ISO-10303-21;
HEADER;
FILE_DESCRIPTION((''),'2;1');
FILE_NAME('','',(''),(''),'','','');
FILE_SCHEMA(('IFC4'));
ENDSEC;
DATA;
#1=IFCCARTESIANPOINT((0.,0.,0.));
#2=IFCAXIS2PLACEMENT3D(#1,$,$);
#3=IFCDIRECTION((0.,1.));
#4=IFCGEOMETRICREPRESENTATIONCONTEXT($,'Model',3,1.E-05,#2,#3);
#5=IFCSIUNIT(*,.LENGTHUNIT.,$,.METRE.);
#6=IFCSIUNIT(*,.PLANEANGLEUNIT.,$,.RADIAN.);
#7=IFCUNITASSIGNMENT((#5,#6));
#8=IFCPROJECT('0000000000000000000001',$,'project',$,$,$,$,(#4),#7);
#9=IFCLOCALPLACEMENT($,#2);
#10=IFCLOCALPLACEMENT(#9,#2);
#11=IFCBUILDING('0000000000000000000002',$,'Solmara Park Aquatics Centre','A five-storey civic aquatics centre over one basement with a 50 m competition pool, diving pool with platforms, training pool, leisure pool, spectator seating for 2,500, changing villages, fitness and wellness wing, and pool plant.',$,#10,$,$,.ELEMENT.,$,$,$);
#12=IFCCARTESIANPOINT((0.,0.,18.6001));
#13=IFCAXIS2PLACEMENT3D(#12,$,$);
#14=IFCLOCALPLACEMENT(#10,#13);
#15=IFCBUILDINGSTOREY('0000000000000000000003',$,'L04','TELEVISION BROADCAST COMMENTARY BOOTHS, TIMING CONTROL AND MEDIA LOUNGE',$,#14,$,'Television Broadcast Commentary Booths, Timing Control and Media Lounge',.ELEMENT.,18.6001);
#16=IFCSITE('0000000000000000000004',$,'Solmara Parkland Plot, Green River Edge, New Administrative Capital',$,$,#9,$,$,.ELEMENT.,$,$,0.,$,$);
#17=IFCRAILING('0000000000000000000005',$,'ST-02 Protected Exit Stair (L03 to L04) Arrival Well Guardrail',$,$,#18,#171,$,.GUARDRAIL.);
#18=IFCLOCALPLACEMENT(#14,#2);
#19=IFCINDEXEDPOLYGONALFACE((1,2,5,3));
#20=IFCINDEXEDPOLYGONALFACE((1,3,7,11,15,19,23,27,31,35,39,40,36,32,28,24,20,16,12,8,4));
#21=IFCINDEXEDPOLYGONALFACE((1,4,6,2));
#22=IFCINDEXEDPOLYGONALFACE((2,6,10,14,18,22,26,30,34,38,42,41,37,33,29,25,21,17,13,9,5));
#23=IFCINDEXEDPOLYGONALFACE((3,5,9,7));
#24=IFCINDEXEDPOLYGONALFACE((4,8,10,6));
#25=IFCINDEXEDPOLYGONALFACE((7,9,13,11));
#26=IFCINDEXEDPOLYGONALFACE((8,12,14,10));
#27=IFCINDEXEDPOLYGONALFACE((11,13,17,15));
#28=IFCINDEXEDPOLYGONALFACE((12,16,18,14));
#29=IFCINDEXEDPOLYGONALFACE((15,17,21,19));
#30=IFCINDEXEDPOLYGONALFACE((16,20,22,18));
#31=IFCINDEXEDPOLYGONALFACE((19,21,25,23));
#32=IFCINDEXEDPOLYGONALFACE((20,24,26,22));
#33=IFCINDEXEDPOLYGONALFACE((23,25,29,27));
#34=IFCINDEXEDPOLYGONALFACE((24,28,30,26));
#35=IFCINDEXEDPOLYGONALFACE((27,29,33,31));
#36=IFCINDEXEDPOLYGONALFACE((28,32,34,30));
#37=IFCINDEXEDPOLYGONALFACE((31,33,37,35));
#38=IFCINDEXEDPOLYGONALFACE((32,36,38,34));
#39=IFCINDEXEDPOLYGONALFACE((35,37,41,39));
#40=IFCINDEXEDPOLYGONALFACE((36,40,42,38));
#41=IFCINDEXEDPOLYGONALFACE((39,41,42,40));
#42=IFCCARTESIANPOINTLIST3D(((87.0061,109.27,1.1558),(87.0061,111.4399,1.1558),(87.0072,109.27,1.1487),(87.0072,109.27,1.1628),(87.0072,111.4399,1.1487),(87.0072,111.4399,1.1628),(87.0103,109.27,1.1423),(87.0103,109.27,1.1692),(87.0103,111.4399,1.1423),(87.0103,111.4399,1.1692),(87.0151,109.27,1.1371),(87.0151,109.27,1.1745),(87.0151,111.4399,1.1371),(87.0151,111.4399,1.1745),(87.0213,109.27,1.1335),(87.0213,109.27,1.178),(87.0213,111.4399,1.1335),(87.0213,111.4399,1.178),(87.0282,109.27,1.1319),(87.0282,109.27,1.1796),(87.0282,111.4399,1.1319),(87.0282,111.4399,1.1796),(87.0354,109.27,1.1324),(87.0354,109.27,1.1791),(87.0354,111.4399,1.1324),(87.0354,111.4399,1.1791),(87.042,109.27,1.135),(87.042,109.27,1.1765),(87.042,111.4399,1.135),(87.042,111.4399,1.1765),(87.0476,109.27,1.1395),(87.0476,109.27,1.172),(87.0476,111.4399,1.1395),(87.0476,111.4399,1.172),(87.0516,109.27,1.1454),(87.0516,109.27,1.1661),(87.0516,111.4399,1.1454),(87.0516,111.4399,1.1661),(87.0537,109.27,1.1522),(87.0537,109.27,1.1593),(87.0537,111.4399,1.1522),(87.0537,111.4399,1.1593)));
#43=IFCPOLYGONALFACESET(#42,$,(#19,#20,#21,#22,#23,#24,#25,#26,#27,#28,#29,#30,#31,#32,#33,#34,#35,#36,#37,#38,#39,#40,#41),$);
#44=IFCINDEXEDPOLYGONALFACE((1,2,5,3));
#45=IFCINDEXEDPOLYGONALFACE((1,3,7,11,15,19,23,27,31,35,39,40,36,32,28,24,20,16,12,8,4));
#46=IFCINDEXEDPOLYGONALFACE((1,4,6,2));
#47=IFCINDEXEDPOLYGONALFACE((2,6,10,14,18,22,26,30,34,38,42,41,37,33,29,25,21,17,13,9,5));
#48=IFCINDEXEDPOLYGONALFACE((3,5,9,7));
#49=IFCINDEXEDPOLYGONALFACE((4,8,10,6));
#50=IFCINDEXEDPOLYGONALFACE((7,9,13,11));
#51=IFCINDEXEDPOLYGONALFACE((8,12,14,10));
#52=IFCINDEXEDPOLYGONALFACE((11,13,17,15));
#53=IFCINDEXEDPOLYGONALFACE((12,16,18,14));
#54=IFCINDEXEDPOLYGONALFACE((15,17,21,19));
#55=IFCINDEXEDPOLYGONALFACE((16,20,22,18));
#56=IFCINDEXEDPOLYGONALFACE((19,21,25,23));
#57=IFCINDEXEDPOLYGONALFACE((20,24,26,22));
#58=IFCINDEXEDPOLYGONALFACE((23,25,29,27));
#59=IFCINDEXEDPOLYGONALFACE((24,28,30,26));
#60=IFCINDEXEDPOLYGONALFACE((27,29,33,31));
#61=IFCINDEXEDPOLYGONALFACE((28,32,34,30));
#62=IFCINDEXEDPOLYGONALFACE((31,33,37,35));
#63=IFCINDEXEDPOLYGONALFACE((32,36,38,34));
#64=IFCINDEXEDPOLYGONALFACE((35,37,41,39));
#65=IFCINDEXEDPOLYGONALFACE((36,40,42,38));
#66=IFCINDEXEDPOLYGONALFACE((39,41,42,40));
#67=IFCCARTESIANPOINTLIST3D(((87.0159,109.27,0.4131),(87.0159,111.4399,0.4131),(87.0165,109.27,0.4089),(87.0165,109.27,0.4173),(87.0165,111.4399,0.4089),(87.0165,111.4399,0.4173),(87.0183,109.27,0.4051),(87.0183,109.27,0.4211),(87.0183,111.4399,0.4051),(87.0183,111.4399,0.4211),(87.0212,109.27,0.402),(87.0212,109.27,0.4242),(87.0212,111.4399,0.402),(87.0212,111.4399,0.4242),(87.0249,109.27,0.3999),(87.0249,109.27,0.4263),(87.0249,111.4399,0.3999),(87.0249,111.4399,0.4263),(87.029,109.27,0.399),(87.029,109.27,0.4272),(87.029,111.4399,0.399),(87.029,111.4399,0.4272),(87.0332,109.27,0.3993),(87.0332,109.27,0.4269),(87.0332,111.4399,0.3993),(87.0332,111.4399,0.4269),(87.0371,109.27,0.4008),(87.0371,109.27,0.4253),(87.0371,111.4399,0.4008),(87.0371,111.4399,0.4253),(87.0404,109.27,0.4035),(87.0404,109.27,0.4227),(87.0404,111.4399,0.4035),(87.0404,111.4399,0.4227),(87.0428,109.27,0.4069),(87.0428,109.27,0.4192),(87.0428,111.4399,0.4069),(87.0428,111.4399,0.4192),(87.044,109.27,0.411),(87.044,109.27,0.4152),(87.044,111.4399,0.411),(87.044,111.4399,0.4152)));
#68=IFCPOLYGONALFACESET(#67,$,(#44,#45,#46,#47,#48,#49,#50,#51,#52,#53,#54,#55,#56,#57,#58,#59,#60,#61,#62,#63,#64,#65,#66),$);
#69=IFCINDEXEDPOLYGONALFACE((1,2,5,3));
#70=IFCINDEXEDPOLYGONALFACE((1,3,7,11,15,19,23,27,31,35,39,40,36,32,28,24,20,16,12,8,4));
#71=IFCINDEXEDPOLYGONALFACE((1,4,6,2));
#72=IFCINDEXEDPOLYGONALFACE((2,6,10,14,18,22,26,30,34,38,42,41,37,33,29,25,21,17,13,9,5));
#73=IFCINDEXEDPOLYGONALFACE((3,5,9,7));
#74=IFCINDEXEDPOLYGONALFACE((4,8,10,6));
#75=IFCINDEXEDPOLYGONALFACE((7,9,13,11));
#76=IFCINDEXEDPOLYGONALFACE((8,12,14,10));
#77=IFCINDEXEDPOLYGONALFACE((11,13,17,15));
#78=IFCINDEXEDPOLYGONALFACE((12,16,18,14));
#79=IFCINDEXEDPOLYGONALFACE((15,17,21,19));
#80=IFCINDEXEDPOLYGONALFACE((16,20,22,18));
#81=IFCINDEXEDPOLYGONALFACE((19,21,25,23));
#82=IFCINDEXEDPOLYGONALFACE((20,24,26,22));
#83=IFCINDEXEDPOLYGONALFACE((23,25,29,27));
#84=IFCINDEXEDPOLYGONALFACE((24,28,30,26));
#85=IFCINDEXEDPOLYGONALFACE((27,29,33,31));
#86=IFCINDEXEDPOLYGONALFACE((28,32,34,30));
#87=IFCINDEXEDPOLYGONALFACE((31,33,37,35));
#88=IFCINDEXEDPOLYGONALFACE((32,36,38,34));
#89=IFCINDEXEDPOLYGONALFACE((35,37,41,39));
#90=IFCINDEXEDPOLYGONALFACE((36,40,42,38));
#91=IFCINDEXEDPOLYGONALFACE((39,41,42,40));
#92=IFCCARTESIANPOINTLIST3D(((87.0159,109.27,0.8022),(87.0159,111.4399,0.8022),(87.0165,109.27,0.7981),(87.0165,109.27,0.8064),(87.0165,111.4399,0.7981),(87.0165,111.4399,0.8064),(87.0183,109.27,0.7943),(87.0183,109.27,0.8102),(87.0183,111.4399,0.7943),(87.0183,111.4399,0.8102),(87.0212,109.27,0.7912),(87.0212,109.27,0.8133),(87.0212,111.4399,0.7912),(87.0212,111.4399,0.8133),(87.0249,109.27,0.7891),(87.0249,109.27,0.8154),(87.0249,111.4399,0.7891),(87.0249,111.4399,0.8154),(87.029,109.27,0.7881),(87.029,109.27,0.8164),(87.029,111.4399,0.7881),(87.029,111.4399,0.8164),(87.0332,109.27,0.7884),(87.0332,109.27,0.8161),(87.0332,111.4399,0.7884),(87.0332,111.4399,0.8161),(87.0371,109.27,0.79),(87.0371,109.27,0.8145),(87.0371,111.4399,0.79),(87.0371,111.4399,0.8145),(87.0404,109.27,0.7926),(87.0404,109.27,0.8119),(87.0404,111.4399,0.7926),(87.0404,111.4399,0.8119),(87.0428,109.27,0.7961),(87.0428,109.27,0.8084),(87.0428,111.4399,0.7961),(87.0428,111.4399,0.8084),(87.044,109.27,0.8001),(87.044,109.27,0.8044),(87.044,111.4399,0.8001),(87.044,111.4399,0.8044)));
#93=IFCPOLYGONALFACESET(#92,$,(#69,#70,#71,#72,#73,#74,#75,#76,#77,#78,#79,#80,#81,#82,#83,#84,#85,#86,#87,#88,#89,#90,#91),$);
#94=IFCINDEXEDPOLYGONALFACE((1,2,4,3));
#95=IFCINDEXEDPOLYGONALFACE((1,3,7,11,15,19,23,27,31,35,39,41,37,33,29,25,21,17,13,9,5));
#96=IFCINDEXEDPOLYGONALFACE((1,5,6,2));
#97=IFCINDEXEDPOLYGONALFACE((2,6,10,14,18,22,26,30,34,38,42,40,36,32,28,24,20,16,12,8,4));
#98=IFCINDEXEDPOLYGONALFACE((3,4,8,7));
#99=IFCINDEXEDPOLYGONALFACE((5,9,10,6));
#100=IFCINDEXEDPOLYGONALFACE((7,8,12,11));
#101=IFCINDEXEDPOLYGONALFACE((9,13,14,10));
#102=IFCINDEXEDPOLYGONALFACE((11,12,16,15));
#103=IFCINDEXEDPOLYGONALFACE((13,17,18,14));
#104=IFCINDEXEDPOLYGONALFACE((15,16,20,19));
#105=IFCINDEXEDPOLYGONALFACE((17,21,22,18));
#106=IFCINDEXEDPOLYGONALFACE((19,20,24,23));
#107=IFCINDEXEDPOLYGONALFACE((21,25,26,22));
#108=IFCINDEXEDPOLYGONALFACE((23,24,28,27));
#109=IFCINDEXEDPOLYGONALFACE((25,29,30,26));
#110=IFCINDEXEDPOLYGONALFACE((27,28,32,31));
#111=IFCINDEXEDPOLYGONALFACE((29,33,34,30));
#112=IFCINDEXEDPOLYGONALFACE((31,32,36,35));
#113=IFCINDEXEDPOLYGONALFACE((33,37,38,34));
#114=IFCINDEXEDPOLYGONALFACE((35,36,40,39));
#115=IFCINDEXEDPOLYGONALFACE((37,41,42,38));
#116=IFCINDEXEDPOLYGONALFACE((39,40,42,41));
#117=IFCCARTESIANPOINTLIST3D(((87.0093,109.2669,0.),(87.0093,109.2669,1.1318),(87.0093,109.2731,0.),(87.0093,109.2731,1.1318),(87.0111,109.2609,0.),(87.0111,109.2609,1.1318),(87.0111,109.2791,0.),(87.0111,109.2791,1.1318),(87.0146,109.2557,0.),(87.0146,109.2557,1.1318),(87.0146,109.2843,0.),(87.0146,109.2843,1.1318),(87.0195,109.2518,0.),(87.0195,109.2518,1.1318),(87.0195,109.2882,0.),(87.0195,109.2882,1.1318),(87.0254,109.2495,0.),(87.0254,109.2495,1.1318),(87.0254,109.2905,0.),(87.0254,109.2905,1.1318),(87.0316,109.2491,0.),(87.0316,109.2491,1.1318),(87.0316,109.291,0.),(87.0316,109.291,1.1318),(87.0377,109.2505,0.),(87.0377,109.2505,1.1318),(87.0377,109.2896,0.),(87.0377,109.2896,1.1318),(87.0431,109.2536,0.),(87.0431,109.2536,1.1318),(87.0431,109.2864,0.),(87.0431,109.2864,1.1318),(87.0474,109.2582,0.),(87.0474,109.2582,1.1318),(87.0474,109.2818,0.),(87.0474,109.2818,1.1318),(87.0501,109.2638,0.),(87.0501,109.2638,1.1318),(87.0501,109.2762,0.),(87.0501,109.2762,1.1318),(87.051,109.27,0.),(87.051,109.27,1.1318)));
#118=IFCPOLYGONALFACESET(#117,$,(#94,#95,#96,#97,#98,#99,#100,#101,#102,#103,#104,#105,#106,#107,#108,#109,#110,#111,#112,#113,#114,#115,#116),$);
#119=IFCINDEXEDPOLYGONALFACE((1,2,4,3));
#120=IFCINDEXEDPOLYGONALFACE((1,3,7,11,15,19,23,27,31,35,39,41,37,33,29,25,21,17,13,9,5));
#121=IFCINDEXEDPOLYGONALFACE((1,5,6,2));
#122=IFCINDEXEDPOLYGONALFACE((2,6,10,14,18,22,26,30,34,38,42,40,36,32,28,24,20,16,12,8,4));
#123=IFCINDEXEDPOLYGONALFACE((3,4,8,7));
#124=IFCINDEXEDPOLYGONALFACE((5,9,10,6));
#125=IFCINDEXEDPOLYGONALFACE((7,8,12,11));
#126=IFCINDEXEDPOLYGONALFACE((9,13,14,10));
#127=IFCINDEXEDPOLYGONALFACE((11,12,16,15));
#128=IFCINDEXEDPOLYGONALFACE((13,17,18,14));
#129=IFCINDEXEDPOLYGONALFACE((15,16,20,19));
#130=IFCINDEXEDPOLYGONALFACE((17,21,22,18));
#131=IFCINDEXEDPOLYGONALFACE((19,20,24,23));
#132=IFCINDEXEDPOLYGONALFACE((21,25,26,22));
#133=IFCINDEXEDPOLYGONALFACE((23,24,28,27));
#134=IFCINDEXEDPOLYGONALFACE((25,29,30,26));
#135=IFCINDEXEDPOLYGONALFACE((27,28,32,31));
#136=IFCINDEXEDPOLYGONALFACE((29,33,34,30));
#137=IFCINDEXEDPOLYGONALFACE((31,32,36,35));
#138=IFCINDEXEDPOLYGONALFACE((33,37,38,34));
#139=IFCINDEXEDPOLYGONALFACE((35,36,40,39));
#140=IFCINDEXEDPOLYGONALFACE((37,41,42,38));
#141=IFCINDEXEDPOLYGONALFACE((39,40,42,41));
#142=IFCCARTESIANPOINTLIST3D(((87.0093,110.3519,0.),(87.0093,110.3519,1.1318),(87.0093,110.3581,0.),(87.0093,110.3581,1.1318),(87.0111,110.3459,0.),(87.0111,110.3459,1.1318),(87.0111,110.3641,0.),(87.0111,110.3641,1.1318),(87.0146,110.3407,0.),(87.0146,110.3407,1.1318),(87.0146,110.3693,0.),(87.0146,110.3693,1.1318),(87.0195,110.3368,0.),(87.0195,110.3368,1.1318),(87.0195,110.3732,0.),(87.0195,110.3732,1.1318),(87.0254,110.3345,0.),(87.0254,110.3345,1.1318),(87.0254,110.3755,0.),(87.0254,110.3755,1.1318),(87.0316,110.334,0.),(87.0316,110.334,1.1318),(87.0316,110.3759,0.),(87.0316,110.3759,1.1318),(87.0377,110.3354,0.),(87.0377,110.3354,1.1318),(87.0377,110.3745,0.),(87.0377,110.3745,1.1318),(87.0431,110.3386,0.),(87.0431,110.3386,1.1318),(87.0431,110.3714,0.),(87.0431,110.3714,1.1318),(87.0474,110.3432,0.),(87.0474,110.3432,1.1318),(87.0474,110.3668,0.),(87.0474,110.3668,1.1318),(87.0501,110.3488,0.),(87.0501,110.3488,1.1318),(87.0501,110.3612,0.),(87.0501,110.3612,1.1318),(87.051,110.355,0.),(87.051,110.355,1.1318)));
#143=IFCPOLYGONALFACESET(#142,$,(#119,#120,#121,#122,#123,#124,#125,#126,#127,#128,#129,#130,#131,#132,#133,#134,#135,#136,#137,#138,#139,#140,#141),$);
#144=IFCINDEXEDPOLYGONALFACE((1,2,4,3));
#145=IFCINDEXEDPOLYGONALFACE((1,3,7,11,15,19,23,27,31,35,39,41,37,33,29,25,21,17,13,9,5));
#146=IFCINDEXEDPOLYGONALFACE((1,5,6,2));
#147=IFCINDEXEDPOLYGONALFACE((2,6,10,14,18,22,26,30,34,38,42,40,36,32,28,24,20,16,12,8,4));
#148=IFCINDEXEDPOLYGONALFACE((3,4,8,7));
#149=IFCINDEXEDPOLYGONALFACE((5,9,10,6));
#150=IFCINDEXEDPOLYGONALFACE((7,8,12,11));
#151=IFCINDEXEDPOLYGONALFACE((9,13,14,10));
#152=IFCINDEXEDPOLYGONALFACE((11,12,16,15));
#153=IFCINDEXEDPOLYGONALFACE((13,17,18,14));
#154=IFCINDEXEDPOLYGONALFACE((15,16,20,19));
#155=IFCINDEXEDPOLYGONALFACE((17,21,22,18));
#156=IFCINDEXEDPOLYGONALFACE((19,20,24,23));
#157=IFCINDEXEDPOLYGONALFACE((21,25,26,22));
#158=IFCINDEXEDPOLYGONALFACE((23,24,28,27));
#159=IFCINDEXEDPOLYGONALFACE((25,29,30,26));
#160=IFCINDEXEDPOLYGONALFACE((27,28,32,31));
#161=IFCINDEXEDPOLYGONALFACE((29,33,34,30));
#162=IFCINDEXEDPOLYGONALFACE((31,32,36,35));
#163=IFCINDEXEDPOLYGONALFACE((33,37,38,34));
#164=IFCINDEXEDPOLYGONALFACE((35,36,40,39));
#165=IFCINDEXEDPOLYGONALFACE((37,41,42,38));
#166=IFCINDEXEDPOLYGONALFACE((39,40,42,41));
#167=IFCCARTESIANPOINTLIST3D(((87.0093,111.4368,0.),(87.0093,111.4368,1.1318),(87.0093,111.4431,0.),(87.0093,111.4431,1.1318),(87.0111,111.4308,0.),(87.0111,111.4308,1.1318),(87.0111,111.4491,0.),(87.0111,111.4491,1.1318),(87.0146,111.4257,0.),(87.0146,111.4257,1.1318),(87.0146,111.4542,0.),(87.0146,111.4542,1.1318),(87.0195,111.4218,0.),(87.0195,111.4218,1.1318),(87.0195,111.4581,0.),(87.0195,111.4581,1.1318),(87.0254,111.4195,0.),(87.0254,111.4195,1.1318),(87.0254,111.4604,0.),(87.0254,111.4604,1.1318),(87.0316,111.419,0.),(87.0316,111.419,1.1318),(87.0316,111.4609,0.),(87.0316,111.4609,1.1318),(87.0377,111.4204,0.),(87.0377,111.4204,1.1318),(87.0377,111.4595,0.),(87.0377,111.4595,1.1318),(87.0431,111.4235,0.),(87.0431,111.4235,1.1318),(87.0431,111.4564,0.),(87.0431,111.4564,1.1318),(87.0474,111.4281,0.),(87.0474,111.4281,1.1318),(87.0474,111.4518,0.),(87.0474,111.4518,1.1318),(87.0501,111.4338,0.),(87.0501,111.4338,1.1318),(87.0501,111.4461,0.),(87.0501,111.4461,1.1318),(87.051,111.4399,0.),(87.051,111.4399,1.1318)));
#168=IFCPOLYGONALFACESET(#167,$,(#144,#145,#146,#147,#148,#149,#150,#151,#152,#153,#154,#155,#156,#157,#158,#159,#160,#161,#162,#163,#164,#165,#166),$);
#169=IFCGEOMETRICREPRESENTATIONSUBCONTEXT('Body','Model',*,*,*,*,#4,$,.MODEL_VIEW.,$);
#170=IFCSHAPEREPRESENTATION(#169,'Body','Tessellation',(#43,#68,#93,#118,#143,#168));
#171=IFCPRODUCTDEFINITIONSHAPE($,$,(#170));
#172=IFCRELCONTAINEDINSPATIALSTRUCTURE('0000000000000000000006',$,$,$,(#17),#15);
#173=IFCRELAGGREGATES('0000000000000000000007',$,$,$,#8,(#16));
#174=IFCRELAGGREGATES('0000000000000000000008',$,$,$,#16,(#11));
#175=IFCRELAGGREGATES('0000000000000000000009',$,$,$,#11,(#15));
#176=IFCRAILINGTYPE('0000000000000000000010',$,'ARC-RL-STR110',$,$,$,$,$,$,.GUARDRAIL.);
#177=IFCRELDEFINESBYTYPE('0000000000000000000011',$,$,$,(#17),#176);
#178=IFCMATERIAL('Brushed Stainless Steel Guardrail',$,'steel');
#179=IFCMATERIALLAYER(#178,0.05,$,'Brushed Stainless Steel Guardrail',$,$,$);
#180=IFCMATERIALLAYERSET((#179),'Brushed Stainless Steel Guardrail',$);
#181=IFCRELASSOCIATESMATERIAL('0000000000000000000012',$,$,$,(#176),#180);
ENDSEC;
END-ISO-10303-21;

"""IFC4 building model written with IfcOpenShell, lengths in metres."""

from ifc_helpers import new_model, si_unit, direction, frame, origin, origin_2d, place, context, subcontext, project, spatial, circle, extrude, material, layer, layer_set, type_object, element, save


model = new_model("IFC4")

# Units and contexts
model_context = context("Model", 3, precision=1e-05, world=origin(), true_north=direction((0.0, 1.0)))
body_context = subcontext(model_context, "Body", "Model", "MODEL_VIEW")
ifc_project = project(units=[si_unit("LENGTHUNIT", "METRE"), si_unit("PLANEANGLEUNIT", "RADIAN")], contexts=[model_context])

# Site, building, storey
site_placement = place(None, origin())
site = spatial("IfcSite", under=ifc_project, at=site_placement, Name="Solmara Parkland Plot, Green River Edge, New Administrative Capital", CompositionType="ELEMENT", RefElevation=0.0)
building_placement = place(site_placement, origin())
building = spatial("IfcBuilding", under=site, at=building_placement, Name="Solmara Park Aquatics Centre", Description="A five-storey civic aquatics centre over one basement with a 50 m competition pool, diving pool with platforms, training pool, leisure pool, spectator seating for 2,500, changing villages, fitness and wellness wing, and pool plant.", CompositionType="ELEMENT")
storey_placement = place(building_placement, frame((0.0, 0.0, 18.6001)))
storey = spatial("IfcBuildingStorey", under=building, at=storey_placement, Name="L04", Description="TELEVISION BROADCAST COMMENTARY BOOTHS, TIMING CONTROL AND MEDIA LOUNGE", LongName="Television Broadcast Commentary Booths, Timing Control and Media Lounge", CompositionType="ELEMENT", Elevation=18.6001)

# Railing
ifc_material_1 = material(Name="Brushed Stainless Steel Guardrail", Category="steel")
ifc_layer_1 = layer(ifc_material_1, 0.05, Name="Brushed Stainless Steel Guardrail")
ifc_layer_set_1 = layer_set([ifc_layer_1], Name="Brushed Stainless Steel Guardrail")
railing_type_1 = type_object("IfcRailingType", Name="ARC-RL-STR110", PredefinedType="GUARDRAIL", material=ifc_layer_set_1)
railing_1_placement = place(storey_placement, frame((87.03, 109.27, 0.0)))
element("IfcRailing", 1, at=railing_1_placement, inside=storey, type_object=railing_type_1, Name="ST-02 Protected Exit Stair (L03 to L04) Arrival Well Guardrail", PredefinedType="GUARDRAIL", context=body_context, shape_type="SweptSolid", body=[
    extrude(circle(Radius=0.0239, at=origin_2d()), frame((0.0, 0.0, 1.1558), z_axis=(0.0, 1.0, 0.0), x_axis=(-1.0, 0.0, 0.0)), (0.0, 0.0, 1.0), 2.1699),
    extrude(circle(Radius=0.0142, at=origin_2d()), frame((0.0, 0.0, 0.4131), z_axis=(0.0, 1.0, 0.0), x_axis=(-1.0, 0.0, 0.0)), (0.0, 0.0, 1.0), 2.1699),
    extrude(circle(Radius=0.0142, at=origin_2d()), frame((0.0, 0.0, 0.8022), z_axis=(0.0, 1.0, 0.0), x_axis=(-1.0, 0.0, 0.0)), (0.0, 0.0, 1.0), 2.1699),
    extrude(circle(Radius=0.021, at=origin_2d()), origin(), (0.0, 0.0, 1.0), 1.1318),
    extrude(circle(Radius=0.021, at=origin_2d()), frame((0.0, 1.085, 0.0)), (0.0, 0.0, 1.0), 1.1318),
    extrude(circle(Radius=0.021, at=origin_2d()), frame((0.0, 2.1699, 0.0)), (0.0, 0.0, 1.0), 1.1318),
])

save(model, "model.ifc")
